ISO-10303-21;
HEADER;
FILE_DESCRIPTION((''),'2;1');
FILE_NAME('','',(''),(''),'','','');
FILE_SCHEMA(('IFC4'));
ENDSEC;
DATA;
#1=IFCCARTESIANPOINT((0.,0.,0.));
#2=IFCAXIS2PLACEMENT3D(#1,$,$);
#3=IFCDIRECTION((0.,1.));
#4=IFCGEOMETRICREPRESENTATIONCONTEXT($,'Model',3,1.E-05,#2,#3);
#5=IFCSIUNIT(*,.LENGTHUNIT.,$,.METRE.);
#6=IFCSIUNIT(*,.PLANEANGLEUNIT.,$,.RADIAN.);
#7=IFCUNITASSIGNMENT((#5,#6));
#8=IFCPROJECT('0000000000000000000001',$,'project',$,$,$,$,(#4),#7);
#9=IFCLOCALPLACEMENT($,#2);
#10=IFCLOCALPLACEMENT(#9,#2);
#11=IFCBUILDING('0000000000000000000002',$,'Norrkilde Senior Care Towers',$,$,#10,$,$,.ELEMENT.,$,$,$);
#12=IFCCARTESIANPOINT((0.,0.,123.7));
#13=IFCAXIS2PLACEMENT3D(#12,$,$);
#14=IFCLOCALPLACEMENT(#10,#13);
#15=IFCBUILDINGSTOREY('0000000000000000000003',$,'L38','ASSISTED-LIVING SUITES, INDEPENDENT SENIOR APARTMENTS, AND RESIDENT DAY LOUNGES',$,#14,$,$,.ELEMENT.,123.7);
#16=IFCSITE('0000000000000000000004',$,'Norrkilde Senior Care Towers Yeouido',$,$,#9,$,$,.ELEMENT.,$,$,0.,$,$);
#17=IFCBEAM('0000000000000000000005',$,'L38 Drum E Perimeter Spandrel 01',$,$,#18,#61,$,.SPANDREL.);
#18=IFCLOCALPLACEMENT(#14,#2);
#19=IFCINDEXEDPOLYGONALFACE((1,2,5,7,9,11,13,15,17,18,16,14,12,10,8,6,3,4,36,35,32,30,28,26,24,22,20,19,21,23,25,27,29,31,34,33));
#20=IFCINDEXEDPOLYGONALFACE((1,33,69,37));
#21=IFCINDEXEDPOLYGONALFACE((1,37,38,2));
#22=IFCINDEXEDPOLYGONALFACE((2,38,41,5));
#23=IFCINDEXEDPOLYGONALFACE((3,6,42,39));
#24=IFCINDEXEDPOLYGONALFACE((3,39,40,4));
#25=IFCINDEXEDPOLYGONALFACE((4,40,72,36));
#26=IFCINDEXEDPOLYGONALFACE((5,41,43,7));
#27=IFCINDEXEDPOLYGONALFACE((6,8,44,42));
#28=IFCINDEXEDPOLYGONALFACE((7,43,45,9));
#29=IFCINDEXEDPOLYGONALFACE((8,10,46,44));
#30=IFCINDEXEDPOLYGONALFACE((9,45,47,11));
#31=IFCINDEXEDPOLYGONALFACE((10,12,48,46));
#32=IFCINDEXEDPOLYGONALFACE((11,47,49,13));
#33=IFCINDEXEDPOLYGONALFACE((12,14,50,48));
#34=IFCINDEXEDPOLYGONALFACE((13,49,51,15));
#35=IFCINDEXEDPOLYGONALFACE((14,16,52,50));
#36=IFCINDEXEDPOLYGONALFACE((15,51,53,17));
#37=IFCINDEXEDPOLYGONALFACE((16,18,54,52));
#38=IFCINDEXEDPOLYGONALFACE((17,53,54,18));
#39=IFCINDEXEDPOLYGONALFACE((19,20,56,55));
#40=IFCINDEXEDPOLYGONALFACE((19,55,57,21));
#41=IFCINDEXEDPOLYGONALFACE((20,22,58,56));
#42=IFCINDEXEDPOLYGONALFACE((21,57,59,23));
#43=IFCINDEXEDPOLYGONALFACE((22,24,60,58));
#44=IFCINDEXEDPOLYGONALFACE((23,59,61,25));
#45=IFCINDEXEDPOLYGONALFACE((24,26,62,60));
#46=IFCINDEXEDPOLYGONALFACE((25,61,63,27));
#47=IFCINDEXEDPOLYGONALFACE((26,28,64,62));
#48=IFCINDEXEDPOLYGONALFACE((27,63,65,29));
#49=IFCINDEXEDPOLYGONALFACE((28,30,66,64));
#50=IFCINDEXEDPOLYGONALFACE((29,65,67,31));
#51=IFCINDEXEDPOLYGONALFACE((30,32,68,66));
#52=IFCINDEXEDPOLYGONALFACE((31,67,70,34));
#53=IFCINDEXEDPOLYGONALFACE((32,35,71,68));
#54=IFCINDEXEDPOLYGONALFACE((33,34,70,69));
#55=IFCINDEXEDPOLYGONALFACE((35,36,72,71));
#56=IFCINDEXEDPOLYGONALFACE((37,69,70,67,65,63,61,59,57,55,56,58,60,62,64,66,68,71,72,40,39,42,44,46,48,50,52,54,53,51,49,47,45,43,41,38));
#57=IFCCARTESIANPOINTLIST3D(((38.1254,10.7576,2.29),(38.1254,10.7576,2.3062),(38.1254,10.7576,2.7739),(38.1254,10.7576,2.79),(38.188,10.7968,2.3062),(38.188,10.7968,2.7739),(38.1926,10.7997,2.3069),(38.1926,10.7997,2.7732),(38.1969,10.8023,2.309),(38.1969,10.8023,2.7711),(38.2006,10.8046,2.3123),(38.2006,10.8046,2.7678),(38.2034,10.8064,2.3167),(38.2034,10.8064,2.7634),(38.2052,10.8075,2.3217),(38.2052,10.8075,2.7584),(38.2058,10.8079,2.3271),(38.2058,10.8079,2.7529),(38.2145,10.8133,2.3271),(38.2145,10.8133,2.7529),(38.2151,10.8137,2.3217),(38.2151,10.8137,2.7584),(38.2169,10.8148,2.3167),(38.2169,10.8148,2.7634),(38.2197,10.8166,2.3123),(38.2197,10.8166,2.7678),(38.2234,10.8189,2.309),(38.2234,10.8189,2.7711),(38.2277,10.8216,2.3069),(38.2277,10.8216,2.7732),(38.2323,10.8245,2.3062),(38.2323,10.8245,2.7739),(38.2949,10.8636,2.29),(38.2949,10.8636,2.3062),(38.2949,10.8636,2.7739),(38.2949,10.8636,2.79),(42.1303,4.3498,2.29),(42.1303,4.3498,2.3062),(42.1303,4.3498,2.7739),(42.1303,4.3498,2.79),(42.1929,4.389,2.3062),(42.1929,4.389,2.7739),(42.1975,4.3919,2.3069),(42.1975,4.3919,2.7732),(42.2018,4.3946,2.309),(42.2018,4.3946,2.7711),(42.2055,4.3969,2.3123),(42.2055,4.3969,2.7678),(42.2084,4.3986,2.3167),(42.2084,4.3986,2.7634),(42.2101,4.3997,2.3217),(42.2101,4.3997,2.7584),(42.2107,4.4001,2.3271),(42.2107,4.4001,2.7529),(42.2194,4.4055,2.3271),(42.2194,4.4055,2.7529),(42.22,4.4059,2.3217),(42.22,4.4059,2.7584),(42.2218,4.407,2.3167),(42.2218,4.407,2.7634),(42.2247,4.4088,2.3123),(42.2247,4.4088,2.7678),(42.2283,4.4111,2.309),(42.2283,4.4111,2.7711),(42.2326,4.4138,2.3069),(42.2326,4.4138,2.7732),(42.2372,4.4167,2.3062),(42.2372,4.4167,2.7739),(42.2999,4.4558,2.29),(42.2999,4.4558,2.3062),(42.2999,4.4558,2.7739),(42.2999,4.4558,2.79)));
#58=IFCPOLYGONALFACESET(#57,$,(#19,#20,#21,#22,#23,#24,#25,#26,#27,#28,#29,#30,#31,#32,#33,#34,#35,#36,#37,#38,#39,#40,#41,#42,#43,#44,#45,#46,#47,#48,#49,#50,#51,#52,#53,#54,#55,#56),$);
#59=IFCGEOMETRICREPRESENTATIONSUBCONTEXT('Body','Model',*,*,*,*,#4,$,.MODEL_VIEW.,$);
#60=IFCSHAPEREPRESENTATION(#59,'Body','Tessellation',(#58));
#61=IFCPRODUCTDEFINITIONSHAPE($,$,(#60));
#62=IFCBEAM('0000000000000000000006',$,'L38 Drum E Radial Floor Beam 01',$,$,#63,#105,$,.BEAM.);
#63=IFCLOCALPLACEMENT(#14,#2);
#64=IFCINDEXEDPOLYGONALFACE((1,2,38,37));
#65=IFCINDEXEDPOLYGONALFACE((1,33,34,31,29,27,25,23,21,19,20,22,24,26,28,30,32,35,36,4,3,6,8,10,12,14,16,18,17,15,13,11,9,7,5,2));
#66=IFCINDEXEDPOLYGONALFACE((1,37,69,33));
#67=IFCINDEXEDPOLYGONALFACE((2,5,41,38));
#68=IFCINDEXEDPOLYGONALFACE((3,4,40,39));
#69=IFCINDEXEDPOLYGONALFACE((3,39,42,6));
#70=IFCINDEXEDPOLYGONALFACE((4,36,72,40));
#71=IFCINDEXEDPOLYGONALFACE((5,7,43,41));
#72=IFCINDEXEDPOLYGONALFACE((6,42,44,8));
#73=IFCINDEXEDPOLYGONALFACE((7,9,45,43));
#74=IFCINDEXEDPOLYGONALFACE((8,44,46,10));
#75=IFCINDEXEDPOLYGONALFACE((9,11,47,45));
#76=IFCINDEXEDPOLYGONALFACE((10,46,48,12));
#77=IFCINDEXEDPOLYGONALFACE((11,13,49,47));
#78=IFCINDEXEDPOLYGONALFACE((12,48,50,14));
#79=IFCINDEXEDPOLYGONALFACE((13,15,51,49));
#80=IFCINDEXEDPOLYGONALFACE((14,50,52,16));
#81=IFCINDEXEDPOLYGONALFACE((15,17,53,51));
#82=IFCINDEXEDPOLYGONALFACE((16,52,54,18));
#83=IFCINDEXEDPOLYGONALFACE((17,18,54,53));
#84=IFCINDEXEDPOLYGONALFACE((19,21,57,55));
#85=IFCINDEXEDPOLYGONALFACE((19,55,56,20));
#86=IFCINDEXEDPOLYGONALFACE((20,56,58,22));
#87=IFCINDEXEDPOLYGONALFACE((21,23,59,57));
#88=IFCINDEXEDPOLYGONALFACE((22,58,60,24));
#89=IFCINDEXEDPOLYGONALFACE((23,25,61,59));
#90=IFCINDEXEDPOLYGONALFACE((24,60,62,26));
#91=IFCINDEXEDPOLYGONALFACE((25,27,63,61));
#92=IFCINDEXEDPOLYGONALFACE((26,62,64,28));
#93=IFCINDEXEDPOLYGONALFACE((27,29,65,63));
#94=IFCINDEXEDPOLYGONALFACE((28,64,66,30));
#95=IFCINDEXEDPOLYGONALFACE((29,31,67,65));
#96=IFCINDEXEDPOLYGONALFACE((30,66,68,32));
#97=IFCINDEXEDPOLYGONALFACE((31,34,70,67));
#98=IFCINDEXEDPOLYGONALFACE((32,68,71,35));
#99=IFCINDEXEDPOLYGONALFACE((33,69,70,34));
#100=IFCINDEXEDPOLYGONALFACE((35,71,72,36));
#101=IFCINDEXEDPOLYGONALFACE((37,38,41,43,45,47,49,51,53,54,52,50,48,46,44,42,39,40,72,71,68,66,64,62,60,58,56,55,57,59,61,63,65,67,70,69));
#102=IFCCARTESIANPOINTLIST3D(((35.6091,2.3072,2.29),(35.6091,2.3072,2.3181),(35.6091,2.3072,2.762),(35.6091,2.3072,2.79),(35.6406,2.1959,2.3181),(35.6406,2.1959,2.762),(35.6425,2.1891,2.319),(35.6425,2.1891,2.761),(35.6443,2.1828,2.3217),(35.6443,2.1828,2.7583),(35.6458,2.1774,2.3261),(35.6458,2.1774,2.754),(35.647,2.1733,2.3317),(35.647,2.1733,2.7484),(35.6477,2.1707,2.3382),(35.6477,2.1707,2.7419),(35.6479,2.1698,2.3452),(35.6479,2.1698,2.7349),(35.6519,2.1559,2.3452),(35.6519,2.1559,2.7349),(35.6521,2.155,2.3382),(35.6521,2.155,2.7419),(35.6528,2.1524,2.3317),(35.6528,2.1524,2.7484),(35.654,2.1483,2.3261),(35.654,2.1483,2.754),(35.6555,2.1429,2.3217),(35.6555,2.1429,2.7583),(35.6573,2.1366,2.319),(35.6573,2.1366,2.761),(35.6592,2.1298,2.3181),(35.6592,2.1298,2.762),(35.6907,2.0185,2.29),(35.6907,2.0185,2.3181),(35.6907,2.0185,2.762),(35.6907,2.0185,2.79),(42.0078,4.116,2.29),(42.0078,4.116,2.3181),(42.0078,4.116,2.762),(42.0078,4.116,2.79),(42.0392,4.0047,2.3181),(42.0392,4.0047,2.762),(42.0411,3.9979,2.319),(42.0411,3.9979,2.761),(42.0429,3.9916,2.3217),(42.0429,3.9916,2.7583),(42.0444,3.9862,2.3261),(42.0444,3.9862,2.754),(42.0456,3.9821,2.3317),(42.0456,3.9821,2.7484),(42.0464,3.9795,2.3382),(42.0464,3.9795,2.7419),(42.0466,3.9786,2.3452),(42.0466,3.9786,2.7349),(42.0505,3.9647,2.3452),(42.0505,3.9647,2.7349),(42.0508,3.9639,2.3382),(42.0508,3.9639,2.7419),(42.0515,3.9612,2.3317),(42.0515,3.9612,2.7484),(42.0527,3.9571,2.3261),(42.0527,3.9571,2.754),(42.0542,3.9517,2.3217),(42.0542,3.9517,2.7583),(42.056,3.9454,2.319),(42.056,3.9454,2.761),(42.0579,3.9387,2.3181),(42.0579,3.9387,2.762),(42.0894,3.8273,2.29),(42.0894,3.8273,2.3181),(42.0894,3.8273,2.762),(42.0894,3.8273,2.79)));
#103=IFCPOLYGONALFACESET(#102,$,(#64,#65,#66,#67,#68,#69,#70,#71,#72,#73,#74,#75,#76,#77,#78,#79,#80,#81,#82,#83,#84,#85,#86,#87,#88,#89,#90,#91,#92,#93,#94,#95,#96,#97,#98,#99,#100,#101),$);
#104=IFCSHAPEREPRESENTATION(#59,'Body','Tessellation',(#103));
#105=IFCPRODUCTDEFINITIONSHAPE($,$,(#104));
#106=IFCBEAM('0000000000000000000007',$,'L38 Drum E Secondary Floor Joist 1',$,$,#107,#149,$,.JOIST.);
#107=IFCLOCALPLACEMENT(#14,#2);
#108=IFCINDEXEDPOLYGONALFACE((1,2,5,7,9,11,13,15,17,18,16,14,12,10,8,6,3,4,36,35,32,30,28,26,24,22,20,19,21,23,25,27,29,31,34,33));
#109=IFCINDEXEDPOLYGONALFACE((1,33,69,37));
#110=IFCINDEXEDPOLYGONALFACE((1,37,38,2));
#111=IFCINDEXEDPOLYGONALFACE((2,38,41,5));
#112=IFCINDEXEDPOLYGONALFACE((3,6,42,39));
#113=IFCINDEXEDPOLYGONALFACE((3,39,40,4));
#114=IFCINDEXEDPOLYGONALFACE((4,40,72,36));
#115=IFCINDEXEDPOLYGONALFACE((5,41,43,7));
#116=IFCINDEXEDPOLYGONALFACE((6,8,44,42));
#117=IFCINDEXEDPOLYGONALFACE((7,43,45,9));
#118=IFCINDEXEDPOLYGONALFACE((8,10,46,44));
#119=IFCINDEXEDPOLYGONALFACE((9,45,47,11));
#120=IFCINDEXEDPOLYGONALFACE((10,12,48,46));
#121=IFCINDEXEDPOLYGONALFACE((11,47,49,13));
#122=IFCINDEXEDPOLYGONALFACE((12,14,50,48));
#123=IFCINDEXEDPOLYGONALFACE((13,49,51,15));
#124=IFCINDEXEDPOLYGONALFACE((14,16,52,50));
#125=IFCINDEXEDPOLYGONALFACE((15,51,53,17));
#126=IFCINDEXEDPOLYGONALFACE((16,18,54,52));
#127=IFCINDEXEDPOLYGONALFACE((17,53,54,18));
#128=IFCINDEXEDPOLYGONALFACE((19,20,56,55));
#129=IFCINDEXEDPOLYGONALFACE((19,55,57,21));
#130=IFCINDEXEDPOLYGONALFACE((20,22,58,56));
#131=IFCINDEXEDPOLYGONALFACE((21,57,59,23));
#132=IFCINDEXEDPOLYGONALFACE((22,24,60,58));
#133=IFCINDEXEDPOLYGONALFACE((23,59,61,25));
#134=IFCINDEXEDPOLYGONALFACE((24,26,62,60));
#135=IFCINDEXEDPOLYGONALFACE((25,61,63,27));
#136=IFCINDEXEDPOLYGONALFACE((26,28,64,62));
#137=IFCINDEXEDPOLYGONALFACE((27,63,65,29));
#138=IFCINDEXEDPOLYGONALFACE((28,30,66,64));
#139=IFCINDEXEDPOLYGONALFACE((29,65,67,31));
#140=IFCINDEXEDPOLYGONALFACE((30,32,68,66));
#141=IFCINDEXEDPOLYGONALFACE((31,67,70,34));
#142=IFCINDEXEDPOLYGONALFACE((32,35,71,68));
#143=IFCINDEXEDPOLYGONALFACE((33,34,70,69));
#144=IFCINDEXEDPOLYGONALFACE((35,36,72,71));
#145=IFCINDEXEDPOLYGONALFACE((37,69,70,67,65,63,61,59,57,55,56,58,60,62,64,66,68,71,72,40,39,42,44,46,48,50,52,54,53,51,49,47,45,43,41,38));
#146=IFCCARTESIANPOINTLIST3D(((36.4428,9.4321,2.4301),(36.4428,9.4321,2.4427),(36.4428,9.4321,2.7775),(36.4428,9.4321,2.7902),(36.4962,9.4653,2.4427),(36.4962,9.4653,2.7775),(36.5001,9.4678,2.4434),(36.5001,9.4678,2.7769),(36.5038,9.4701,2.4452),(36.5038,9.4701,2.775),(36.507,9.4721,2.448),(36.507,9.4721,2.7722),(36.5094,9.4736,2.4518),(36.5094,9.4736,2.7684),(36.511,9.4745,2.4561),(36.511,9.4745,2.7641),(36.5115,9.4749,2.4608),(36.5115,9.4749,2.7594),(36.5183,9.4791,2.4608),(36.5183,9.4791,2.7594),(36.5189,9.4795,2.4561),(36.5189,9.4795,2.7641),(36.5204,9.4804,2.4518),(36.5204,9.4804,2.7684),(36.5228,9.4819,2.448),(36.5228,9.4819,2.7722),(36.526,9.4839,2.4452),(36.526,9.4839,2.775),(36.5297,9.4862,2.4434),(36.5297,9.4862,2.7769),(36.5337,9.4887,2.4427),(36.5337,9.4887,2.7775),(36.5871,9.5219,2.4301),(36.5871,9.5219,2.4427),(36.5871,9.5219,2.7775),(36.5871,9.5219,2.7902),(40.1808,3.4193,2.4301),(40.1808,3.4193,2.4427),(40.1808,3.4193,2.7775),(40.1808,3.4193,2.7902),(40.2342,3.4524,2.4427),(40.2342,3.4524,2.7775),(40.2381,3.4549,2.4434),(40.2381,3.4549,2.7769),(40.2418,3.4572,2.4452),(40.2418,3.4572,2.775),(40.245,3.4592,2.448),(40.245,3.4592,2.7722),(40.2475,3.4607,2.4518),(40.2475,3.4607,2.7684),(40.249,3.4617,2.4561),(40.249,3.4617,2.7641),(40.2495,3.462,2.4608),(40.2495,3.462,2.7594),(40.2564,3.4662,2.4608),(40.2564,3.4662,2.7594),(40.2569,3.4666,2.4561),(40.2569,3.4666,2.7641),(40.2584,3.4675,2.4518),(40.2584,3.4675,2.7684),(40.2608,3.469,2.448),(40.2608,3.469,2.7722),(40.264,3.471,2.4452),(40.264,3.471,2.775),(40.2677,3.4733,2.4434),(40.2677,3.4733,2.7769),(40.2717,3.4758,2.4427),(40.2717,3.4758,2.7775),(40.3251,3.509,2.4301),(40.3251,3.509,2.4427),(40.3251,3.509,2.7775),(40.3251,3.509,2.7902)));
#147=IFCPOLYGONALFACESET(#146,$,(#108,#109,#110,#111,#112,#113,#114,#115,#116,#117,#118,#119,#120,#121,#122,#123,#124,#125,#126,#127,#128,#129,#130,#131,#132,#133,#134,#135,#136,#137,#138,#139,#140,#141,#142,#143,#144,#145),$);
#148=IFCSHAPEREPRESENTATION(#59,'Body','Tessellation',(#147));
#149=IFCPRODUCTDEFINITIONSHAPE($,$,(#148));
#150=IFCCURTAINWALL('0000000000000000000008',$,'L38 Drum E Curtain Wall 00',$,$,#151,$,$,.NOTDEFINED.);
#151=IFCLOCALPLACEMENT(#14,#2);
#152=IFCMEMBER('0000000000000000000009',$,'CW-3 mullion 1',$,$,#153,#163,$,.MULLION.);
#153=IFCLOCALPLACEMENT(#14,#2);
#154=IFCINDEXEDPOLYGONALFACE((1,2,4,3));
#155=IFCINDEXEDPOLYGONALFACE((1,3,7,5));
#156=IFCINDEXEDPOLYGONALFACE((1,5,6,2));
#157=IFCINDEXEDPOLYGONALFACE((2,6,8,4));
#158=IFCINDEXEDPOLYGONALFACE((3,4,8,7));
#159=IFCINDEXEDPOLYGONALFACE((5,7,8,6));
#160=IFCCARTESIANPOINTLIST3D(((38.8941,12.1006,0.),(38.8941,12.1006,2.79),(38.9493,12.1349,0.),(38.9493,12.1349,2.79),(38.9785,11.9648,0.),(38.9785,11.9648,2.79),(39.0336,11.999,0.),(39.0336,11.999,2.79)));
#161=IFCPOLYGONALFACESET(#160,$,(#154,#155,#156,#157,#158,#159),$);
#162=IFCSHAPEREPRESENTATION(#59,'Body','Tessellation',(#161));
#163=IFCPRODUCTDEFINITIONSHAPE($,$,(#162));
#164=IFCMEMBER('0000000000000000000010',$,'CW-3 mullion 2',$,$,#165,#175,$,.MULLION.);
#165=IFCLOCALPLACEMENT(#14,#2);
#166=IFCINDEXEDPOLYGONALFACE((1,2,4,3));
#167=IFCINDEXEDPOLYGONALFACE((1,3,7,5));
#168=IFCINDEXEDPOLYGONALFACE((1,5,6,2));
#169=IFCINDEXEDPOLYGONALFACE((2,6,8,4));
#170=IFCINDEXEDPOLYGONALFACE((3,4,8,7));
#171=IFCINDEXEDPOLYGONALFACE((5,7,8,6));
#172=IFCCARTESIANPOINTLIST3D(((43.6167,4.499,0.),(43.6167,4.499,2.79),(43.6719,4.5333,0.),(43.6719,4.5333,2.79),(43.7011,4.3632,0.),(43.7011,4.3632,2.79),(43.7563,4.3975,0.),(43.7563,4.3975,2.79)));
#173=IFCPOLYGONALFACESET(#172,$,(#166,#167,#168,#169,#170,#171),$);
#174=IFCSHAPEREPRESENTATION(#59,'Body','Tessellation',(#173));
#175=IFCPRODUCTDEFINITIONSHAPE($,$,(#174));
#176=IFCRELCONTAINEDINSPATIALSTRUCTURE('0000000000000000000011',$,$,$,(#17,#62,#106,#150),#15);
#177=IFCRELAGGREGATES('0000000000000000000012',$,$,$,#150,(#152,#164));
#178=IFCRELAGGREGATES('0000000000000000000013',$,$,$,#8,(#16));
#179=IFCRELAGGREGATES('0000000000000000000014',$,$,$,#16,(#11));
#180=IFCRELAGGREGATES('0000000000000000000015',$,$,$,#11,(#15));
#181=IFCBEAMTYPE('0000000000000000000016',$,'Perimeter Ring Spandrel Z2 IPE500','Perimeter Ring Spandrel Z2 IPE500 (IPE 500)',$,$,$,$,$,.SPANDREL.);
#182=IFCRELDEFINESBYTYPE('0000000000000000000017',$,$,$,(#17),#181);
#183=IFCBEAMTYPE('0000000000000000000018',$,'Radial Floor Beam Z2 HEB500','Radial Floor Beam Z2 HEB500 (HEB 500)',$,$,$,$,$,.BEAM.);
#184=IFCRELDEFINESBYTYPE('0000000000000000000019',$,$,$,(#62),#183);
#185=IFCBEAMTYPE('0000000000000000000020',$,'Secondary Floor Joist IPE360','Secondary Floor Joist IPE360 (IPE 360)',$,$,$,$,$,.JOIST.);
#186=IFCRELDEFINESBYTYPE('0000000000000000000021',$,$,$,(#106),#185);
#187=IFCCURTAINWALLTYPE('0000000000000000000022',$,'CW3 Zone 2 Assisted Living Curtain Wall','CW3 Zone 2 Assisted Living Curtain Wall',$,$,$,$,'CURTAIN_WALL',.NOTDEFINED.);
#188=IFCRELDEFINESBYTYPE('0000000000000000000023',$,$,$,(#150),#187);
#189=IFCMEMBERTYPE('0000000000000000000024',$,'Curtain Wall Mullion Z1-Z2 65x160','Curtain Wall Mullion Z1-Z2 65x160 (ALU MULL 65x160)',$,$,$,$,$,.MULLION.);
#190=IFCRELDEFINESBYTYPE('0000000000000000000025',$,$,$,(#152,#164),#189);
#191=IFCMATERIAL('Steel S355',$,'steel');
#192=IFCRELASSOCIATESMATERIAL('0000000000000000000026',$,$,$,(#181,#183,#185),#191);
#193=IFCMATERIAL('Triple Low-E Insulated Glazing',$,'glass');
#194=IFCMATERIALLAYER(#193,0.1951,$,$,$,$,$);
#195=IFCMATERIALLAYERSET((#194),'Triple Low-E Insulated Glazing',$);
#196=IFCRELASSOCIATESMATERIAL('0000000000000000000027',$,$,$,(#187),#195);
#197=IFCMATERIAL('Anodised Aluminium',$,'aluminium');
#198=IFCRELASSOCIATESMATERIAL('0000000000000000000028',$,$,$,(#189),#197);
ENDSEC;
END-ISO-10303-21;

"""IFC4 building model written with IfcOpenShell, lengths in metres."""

from ifc_helpers import new_model, si_unit, direction, frame, origin, origin_2d, place, context, subcontext, project, spatial, rectangle, i_section, extrude, source, transform, mapped, material, layer, layer_set, material_profile, profile_set, type_object, type_shapes, element, aggregate, save


model = new_model("IFC4")

# Units and contexts
model_context = context("Model", 3, precision=1e-05, world=origin(), true_north=direction((0.0, 1.0)))
body_context = subcontext(model_context, "Body", "Model", "MODEL_VIEW")
ifc_project = project(units=[si_unit("LENGTHUNIT", "METRE"), si_unit("PLANEANGLEUNIT", "RADIAN")], contexts=[model_context])

# Site, building, storey
site_placement = place(None, origin())
site = spatial("IfcSite", under=ifc_project, at=site_placement, Name="Norrkilde Senior Care Towers Yeouido", CompositionType="ELEMENT", RefElevation=0.0)
building_placement = place(site_placement, origin())
building = spatial("IfcBuilding", under=site, at=building_placement, Name="Norrkilde Senior Care Towers", CompositionType="ELEMENT")
storey_placement = place(building_placement, frame((0.0, 0.0, 123.7)))
storey = spatial("IfcBuildingStorey", under=building, at=storey_placement, Name="L38", Description="ASSISTED-LIVING SUITES, INDEPENDENT SENIOR APARTMENTS, AND RESIDENT DAY LOUNGES", CompositionType="ELEMENT", Elevation=123.7)

# Beams
ifc_material_1 = material(Name="Steel S355", Category="steel")
ifc_material_profile_1 = material_profile(ifc_material_1, i_section(OverallWidth=0.2, OverallDepth=0.5, WebThickness=0.0103, FlangeThickness=0.0161, FilletRadius=0.021, at=origin_2d()), Name="IPE 500")
ifc_profile_set_1 = profile_set([ifc_material_profile_1], Name="Steel S355")
beam_type_1 = type_object("IfcBeamType", Name="Perimeter Ring Spandrel Z2 IPE500", Description="Perimeter Ring Spandrel Z2 IPE500 (IPE 500)", PredefinedType="SPANDREL", material=ifc_profile_set_1)
shared_shape_1 = source(origin(), body_context, "Body", "SweptSolid", [
    extrude(i_section(OverallWidth=0.2, OverallDepth=0.5, WebThickness=0.0103, FlangeThickness=0.0161, FilletRadius=0.021, at=origin_2d()), origin(), (0.0, 0.0, 1.0), 7.5564),
])
beam_1_placement = place(storey_placement, frame((42.2151, 4.4028, 2.54), z_axis=(-0.530005, 0.847995, 0.0), x_axis=(-0.847995, -0.530005, 0.0)))
element("IfcBeam", 1, at=beam_1_placement, inside=storey, type_object=beam_type_1, Name="L38 Drum E Perimeter Spandrel 01", PredefinedType="SPANDREL", context=body_context, shape_type="MappedRepresentation", body=[
    mapped(shared_shape_1, transform((0.0, 0.0, 0.0), x_axis=(1.0, 0.0, 0.0), y_axis=(0.0, 1.0, 0.0), z_axis=(0.0, 0.0, 1.0), scale=1.0)),
])
ifc_material_profile_2 = material_profile(ifc_material_1, i_section(OverallWidth=0.3, OverallDepth=0.5, WebThickness=0.0144, FlangeThickness=0.0281, FilletRadius=0.0271, at=origin_2d()), Name="HEB 500")
ifc_profile_set_2 = profile_set([ifc_material_profile_2], Name="Steel S355")
beam_type_2 = type_object("IfcBeamType", Name="Radial Floor Beam Z2 HEB500", Description="Radial Floor Beam Z2 HEB500 (HEB 500)", PredefinedType="BEAM", material=ifc_profile_set_2)
shared_shape_2 = source(origin(), body_context, "Body", "SweptSolid", [
    extrude(i_section(OverallWidth=0.3, OverallDepth=0.5, WebThickness=0.0144, FlangeThickness=0.0281, FilletRadius=0.0271, at=origin_2d()), origin(), (0.0, 0.0, 1.0), 6.6494),
])
type_shapes(beam_type_2, [shared_shape_2])
beam_2_placement = place(storey_placement, frame((35.6499, 2.1628, 2.54), z_axis=(0.962289, 0.272029, 0.0), x_axis=(-0.272029, 0.962289, 0.0)))
element("IfcBeam", 2, at=beam_2_placement, inside=storey, type_object=beam_type_2, Name="L38 Drum E Radial Floor Beam 01", PredefinedType="BEAM", context=body_context, shape_type="MappedRepresentation", body=[
    mapped(shared_shape_2, transform((0.0, 0.0, 0.0), x_axis=(1.0, 0.0, 0.0), y_axis=(0.0, 1.0, 0.0), z_axis=(0.0, 0.0, 1.0), scale=1.0)),
])
ifc_material_profile_3 = material_profile(ifc_material_1, i_section(OverallWidth=0.1699, OverallDepth=0.3601, WebThickness=0.0081, FlangeThickness=0.0127, FilletRadius=0.0181, at=origin_2d()), Name="IPE 360")
ifc_profile_set_3 = profile_set([ifc_material_profile_3], Name="Steel S355")
beam_type_3 = type_object("IfcBeamType", Name="Secondary Floor Joist IPE360", Description="Secondary Floor Joist IPE360 (IPE 360)", PredefinedType="JOIST", material=ifc_profile_set_3)
shared_shape_3 = source(origin(), body_context, "Body", "SweptSolid", [
    extrude(i_section(OverallWidth=0.1699, OverallDepth=0.3601, WebThickness=0.0081, FlangeThickness=0.0127, FilletRadius=0.0181, at=origin_2d()), origin(), (0.0, 0.0, 1.0), 7.0801),
])
type_shapes(beam_type_3, [shared_shape_3])
beam_3_placement = place(storey_placement, frame((40.2529, 3.4641, 2.6101), z_axis=(-0.527961, 0.849269, 0.0), x_axis=(-0.849269, -0.527961, 0.0)))
element("IfcBeam", 3, at=beam_3_placement, inside=storey, type_object=beam_type_3, Name="L38 Drum E Secondary Floor Joist 1", PredefinedType="JOIST", context=body_context, shape_type="MappedRepresentation", body=[
    mapped(shared_shape_3, transform((0.0, 0.0, 0.0), x_axis=(1.0, 0.0, 0.0), y_axis=(0.0, 1.0, 0.0), z_axis=(0.0, 0.0, 1.0), scale=1.0)),
])

# Curtain wall, members
ifc_material_2 = material(Name="Triple Low-E Insulated Glazing", Category="glass")
ifc_layer_1 = layer(ifc_material_2, 0.1951)
ifc_layer_set_1 = layer_set([ifc_layer_1], Name="Triple Low-E Insulated Glazing")
curtain_wall_type = type_object("IfcCurtainWallType", Name="CW3 Zone 2 Assisted Living Curtain Wall", Description="CW3 Zone 2 Assisted Living Curtain Wall", ElementType="CURTAIN_WALL", PredefinedType="NOTDEFINED", material=ifc_layer_set_1)
curtain_wall_1_placement = place(storey_placement, origin())
curtain_wall_1 = element("IfcCurtainWall", 4, at=curtain_wall_1_placement, inside=storey, type_object=curtain_wall_type, Name="L38 Drum E Curtain Wall 00", PredefinedType="NOTDEFINED")
ifc_material_3 = material(Name="Anodised Aluminium", Category="aluminium")
ifc_material_profile_4 = material_profile(ifc_material_3, rectangle(XDim=0.0649, YDim=0.1599, at=origin_2d()), Name="ALU MULL 65x160")
ifc_profile_set_4 = profile_set([ifc_material_profile_4], Name="Anodised Aluminium")
member_type_1 = type_object("IfcMemberType", Name="Curtain Wall Mullion Z1-Z2 65x160", Description="Curtain Wall Mullion Z1-Z2 65x160 (ALU MULL 65x160)", PredefinedType="MULLION", material=ifc_profile_set_4)
shared_shape_4 = source(origin(), body_context, "Body", "SweptSolid", [
    extrude(rectangle(XDim=0.0649, YDim=0.1599, at=origin_2d()), origin(), (0.0, 0.0, 1.0), 2.79),
])
type_shapes(member_type_1, [shared_shape_4])
member_1_placement = place(storey_placement, frame((38.9639, 12.0498, 0.0), z_axis=(0.0, 0.0, 1.0), x_axis=(0.84941, 0.527733, 0.0)))
member_1 = element("IfcMember", 5, at=member_1_placement, type_object=member_type_1, Name="CW-3 mullion 1", PredefinedType="MULLION", context=body_context, shape_type="MappedRepresentation", body=[
    mapped(shared_shape_4, transform((0.0, 0.0, 0.0), x_axis=(1.0, 0.0, 0.0), y_axis=(0.0, 1.0, 0.0), z_axis=(0.0, 0.0, 1.0), scale=1.0)),
])
member_2_placement = place(storey_placement, frame((43.6865, 4.4482, 0.0), z_axis=(0.0, 0.0, 1.0), x_axis=(0.84941, 0.527733, 0.0)))
member_2 = element("IfcMember", 6, at=member_2_placement, type_object=member_type_1, Name="CW-3 mullion 2", PredefinedType="MULLION", context=body_context, shape_type="MappedRepresentation", body=[
    mapped(shared_shape_4, transform((0.0, 0.0, 0.0), x_axis=(1.0, 0.0, 0.0), y_axis=(0.0, 1.0, 0.0), z_axis=(0.0, 0.0, 1.0), scale=1.0)),
])

aggregate(curtain_wall_1, [member_1, member_2])

save(model, "model.ifc")
